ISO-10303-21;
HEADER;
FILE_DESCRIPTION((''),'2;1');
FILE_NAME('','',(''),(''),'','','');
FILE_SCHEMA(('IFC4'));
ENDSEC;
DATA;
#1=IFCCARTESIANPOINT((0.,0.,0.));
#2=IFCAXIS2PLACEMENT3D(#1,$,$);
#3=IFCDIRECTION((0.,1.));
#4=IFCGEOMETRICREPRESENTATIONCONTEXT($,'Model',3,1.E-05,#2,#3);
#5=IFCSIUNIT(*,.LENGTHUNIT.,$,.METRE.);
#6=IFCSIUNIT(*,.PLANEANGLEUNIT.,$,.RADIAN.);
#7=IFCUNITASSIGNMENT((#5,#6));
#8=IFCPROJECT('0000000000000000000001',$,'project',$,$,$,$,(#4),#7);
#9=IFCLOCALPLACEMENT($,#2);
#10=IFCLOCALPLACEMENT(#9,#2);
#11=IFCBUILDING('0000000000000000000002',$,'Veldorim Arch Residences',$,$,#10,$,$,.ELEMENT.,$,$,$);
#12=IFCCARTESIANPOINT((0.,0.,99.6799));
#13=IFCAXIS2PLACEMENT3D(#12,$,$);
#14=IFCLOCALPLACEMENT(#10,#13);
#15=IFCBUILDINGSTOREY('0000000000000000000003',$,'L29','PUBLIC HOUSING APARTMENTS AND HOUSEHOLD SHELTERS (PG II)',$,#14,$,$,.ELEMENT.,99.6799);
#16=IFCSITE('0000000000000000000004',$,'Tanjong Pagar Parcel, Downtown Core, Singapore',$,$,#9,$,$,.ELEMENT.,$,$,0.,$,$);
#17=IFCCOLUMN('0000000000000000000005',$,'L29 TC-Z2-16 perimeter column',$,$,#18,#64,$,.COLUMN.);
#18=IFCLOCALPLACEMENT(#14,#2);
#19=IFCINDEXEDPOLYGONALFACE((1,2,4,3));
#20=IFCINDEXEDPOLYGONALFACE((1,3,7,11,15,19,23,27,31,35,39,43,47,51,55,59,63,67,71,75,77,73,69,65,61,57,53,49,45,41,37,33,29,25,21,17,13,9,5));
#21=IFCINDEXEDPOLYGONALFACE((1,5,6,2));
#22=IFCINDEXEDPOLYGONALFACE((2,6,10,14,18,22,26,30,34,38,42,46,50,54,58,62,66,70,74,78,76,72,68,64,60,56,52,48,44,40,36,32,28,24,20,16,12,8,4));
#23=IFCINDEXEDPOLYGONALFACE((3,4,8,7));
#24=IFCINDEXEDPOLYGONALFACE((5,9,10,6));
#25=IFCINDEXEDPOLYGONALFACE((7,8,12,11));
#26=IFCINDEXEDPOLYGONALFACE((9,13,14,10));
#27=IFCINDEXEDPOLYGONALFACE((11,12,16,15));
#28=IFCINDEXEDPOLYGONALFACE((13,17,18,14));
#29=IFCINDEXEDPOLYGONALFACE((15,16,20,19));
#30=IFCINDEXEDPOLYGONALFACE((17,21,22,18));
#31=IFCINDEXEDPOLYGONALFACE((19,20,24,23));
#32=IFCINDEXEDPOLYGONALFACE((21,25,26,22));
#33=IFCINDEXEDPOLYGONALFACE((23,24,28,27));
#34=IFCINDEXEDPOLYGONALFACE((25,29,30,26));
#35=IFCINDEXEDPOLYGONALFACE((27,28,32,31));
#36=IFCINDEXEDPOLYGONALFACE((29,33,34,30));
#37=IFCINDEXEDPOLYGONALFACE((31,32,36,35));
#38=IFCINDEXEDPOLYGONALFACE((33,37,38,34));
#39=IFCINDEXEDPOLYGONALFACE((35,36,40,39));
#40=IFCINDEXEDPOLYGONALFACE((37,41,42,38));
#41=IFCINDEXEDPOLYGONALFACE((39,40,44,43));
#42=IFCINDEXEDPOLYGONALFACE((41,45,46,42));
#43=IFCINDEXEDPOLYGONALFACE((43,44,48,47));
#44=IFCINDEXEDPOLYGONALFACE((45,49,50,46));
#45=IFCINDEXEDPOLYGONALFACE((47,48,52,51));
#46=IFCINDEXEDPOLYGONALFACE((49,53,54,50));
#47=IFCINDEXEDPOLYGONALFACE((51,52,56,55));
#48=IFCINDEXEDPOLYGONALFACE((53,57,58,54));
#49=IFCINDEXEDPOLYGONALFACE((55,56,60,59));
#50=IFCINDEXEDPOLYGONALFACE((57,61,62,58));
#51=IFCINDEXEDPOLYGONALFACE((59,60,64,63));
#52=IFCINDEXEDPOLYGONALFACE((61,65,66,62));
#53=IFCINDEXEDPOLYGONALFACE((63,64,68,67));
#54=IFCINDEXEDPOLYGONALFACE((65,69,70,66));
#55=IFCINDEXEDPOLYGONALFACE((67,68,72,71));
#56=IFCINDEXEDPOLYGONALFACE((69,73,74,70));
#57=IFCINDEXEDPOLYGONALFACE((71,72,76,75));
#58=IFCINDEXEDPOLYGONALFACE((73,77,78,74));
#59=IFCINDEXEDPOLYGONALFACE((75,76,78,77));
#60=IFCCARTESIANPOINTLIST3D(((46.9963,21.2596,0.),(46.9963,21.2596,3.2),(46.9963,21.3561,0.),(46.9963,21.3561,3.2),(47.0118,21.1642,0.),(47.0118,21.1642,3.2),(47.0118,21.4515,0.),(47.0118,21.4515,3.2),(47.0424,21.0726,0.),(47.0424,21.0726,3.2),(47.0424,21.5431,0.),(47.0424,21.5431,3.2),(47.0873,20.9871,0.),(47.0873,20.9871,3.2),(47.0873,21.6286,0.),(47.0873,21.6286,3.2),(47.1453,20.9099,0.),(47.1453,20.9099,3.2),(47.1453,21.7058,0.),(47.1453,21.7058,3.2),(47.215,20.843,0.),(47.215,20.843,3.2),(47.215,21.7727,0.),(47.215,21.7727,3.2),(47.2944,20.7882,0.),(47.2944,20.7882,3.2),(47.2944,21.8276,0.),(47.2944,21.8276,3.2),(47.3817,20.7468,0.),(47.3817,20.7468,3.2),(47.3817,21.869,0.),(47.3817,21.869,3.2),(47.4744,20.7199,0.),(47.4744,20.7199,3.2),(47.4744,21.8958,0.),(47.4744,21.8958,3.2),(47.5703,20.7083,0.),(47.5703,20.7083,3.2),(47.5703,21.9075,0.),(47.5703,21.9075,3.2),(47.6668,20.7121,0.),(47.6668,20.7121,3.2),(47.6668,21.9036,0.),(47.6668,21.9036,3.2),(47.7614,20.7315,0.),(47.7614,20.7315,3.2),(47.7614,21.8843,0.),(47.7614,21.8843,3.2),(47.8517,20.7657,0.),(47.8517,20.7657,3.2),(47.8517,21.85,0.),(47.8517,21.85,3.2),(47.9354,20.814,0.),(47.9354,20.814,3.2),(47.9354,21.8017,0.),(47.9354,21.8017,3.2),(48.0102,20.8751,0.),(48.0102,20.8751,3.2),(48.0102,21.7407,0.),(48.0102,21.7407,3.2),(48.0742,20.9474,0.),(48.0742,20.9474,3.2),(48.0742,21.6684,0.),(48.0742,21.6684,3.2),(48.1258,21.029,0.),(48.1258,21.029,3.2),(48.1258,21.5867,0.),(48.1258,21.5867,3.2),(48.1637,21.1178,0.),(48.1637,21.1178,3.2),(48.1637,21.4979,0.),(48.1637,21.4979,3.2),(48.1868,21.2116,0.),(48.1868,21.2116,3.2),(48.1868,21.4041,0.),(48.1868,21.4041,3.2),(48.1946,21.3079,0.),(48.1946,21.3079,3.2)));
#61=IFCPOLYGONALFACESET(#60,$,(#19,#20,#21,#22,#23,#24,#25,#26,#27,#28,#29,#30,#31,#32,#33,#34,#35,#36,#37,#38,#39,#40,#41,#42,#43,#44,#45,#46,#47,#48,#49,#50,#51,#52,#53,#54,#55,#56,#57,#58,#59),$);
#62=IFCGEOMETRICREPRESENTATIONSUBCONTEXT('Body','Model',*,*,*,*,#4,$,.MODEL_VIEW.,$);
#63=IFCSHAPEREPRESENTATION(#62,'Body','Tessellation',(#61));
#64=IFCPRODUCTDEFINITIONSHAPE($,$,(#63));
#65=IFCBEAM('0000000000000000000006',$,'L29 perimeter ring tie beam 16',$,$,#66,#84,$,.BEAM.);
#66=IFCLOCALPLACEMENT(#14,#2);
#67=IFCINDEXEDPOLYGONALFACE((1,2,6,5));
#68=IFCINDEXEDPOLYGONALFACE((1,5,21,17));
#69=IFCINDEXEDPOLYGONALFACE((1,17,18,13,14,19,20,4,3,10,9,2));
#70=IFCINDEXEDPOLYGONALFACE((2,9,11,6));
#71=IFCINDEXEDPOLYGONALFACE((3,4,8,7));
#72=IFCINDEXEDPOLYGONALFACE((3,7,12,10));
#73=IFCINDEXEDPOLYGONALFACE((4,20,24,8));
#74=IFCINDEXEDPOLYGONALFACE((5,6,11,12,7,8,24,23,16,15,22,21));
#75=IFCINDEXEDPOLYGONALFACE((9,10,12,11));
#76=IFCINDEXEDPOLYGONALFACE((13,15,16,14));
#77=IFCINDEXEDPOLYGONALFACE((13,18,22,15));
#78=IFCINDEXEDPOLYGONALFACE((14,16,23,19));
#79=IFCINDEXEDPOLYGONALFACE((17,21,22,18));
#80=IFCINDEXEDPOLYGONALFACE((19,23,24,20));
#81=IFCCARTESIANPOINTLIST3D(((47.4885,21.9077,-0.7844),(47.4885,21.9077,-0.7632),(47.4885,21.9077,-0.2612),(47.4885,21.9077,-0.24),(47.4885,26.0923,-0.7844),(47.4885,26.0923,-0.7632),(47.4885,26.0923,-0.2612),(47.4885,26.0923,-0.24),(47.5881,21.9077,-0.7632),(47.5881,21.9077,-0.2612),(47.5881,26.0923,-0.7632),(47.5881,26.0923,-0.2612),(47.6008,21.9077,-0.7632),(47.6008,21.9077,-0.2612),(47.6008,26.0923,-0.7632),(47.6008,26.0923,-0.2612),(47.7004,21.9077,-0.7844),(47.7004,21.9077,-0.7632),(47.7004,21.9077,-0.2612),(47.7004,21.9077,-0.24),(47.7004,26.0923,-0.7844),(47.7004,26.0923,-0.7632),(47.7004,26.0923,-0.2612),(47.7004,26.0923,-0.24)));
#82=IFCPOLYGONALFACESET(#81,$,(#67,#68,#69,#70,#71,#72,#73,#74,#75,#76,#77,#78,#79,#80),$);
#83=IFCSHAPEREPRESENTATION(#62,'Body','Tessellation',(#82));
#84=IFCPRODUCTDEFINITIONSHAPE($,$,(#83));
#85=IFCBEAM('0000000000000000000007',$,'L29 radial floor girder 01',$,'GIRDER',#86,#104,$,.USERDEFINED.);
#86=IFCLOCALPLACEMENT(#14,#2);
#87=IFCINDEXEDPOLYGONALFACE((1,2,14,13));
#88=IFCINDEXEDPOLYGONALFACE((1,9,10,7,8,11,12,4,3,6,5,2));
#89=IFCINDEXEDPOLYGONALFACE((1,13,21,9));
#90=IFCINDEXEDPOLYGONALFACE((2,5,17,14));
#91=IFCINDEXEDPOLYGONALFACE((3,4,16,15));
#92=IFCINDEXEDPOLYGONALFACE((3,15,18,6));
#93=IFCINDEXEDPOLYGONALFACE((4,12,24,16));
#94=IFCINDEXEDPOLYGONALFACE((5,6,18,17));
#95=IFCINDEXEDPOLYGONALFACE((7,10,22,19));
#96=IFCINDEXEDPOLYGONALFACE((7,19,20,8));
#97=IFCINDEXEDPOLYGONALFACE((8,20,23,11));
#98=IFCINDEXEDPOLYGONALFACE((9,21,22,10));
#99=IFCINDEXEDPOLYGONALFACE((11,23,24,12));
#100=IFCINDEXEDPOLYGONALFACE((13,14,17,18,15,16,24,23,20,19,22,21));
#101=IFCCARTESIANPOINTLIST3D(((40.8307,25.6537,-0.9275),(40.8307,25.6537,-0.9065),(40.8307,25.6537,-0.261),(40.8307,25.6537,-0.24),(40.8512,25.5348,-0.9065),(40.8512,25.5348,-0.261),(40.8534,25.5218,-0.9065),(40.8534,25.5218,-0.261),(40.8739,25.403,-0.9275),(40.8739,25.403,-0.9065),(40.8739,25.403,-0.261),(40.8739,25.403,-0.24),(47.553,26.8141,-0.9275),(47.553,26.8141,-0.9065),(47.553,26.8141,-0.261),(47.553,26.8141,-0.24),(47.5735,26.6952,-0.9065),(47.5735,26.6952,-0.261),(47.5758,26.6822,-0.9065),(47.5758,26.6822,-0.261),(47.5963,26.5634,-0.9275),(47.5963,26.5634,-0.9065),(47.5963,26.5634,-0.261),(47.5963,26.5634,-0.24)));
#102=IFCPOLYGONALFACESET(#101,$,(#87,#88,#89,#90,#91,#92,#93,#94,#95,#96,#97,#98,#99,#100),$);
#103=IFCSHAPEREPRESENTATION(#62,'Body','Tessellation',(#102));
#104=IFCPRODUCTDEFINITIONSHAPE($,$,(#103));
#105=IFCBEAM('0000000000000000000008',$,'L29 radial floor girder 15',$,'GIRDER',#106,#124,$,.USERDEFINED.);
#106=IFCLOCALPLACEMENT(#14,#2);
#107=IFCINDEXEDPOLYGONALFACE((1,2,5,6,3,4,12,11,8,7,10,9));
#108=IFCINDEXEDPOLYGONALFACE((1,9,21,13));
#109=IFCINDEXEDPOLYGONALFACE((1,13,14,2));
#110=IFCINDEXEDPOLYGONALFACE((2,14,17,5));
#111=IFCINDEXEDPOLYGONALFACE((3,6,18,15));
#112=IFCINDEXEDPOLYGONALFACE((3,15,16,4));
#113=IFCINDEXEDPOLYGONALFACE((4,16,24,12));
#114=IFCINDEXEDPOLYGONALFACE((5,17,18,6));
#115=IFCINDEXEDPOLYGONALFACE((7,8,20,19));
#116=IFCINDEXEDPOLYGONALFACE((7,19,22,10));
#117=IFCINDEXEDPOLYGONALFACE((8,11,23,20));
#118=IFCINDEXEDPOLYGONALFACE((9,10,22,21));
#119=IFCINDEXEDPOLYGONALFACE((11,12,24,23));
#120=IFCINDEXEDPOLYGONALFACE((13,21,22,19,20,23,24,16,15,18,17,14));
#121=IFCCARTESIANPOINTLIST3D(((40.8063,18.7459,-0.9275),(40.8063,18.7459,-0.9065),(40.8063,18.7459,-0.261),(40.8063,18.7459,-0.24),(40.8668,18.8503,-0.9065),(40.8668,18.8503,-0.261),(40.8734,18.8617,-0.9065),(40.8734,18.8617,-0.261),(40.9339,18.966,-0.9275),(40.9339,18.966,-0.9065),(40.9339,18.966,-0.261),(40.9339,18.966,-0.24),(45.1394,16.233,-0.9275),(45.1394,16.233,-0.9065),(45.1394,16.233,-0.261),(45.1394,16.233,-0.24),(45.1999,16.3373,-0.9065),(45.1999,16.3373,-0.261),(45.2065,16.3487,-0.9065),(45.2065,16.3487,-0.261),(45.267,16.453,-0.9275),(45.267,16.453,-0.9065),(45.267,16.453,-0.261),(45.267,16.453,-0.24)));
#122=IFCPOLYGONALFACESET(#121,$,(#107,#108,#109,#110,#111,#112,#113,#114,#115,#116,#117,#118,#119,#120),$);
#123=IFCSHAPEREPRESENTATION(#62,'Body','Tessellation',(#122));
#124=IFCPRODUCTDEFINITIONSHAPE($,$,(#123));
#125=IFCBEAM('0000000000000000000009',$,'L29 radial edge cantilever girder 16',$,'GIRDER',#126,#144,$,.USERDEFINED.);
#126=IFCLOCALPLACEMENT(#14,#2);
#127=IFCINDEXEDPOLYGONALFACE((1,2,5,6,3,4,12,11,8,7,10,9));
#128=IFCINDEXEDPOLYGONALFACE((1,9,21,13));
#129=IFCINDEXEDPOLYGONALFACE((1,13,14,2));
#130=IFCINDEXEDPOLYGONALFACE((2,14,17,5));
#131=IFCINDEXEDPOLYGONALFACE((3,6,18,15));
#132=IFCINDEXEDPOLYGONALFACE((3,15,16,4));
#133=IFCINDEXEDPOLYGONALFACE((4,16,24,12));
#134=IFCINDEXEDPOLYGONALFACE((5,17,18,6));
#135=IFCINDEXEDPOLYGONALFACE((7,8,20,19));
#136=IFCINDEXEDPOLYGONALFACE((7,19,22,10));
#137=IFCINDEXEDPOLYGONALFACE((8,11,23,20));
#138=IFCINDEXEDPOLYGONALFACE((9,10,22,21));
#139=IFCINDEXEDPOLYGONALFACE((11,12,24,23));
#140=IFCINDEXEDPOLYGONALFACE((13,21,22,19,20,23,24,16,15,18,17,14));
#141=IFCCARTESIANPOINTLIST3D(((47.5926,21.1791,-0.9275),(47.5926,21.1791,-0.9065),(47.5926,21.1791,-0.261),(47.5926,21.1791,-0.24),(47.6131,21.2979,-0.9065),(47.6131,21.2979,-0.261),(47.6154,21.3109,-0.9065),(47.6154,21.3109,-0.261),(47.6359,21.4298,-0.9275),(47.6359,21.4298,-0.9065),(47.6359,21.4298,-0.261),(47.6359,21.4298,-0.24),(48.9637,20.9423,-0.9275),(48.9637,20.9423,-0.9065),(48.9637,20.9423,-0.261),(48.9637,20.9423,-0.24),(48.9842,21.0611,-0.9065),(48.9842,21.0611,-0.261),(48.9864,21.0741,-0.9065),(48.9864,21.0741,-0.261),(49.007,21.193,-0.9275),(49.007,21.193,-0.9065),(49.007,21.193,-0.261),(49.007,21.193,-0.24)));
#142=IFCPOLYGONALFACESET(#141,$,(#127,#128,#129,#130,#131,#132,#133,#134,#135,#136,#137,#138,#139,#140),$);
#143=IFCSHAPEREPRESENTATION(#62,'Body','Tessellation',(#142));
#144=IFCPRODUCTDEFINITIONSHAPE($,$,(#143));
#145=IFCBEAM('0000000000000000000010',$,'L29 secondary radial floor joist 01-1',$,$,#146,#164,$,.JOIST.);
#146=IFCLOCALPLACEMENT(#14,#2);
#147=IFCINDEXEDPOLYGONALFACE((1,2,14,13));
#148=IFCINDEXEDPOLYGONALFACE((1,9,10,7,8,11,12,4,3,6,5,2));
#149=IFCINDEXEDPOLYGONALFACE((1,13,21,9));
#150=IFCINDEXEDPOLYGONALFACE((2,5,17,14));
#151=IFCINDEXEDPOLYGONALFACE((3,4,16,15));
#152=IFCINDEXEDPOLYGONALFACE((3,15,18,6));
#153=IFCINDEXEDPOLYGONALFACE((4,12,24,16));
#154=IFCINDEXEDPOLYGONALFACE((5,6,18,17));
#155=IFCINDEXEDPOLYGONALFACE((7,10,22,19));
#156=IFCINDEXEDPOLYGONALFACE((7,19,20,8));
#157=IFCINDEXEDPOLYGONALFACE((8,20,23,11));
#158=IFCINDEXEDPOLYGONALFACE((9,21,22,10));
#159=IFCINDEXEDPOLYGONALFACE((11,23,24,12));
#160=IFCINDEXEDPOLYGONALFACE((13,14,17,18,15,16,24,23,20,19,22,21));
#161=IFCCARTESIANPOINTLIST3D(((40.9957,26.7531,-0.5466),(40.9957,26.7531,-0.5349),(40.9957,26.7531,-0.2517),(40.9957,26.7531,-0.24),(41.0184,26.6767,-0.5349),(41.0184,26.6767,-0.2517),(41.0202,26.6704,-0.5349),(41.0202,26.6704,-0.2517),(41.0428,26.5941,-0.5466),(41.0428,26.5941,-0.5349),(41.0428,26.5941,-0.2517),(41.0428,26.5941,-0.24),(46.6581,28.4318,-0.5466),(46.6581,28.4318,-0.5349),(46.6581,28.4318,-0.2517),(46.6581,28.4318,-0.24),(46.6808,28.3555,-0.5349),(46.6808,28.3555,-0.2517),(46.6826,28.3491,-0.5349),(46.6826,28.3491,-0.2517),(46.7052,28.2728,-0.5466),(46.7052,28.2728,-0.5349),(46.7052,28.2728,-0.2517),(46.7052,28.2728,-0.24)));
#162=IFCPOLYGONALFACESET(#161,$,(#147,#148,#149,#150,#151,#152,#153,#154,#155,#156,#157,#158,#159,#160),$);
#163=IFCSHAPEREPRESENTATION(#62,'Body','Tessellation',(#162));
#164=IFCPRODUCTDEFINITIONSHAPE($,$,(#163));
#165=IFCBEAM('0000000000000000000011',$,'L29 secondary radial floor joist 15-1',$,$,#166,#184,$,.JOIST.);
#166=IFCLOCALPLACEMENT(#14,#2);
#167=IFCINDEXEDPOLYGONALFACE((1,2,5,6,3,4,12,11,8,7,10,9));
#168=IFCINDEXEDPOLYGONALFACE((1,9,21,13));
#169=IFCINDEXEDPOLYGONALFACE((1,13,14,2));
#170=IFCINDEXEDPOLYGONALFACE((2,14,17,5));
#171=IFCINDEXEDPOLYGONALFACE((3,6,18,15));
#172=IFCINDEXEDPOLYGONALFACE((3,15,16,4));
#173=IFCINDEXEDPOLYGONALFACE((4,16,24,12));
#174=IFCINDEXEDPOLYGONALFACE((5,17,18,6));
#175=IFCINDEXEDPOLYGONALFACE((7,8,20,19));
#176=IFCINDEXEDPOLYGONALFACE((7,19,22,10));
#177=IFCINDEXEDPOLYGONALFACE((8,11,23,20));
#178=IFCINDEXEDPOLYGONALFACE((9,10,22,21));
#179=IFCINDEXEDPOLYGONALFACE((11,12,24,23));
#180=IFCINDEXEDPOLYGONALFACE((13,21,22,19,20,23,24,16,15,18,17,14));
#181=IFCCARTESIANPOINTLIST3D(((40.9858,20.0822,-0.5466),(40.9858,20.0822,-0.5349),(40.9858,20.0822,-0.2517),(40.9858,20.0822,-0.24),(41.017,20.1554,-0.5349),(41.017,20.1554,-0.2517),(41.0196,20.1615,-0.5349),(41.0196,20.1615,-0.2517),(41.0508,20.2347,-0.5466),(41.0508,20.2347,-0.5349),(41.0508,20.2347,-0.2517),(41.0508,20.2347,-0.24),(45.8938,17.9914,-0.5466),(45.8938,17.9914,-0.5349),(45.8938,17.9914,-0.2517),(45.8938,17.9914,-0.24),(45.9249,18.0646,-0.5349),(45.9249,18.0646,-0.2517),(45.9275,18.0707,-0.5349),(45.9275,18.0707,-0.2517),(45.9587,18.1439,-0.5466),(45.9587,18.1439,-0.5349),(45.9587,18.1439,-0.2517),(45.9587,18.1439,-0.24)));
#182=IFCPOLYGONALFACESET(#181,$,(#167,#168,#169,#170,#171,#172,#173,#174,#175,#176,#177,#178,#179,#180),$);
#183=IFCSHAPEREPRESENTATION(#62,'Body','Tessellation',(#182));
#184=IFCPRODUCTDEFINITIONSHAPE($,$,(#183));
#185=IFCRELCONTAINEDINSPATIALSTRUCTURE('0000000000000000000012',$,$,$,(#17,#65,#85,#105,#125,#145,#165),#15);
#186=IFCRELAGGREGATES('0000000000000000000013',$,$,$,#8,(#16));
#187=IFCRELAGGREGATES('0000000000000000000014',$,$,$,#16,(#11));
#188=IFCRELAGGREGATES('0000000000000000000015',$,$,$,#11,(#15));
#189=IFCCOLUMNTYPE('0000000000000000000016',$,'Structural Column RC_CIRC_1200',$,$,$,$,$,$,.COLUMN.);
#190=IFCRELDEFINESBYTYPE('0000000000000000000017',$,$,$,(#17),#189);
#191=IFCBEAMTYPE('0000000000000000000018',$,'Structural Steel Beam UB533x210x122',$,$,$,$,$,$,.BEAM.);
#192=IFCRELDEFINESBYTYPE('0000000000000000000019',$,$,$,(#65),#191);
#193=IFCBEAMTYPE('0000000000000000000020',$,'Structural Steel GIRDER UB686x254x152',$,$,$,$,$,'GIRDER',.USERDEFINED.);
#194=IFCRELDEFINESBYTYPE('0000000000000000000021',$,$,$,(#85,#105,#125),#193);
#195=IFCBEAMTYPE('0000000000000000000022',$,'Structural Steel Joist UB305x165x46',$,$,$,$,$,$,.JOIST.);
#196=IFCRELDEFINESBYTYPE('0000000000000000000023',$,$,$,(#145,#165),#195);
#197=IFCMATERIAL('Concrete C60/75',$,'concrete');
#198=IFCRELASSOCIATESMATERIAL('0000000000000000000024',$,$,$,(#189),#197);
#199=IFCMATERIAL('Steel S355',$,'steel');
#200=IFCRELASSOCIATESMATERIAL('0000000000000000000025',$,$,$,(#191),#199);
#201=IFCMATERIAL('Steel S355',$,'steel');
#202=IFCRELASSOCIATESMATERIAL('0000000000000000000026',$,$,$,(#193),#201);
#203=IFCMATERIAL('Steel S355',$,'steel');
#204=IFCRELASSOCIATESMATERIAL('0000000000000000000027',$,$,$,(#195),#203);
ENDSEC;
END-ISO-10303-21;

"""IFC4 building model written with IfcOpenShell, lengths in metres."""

from ifc_helpers import new_model, si_unit, direction, frame, origin, origin_2d, place, context, subcontext, project, spatial, circle, i_section, extrude, material, material_profile, profile_set, type_object, element, save


model = new_model("IFC4")

# Units and contexts
model_context = context("Model", 3, precision=1e-05, world=origin(), true_north=direction((0.0, 1.0)))
body_context = subcontext(model_context, "Body", "Model", "MODEL_VIEW")
ifc_project = project(units=[si_unit("LENGTHUNIT", "METRE"), si_unit("PLANEANGLEUNIT", "RADIAN")], contexts=[model_context])

# Site, building, storey
site_placement = place(None, origin())
site = spatial("IfcSite", under=ifc_project, at=site_placement, Name="Tanjong Pagar Parcel, Downtown Core, Singapore", CompositionType="ELEMENT", RefElevation=0.0)
building_placement = place(site_placement, origin())
building = spatial("IfcBuilding", under=site, at=building_placement, Name="Veldorim Arch Residences", CompositionType="ELEMENT")
storey_placement = place(building_placement, frame((0.0, 0.0, 99.6799)))
storey = spatial("IfcBuildingStorey", under=building, at=storey_placement, Name="L29", Description="PUBLIC HOUSING APARTMENTS AND HOUSEHOLD SHELTERS (PG II)", CompositionType="ELEMENT", Elevation=99.6799)

# Column
ifc_material_1 = material(Name="Concrete C60/75", Category="concrete")
ifc_material_profile_1 = material_profile(ifc_material_1, circle(Radius=0.6001, at=origin_2d()), Name="RC_CIRC_1200")
ifc_profile_set_1 = profile_set([ifc_material_profile_1], Name="Concrete C60/75")
column_type = type_object("IfcColumnType", Name="Structural Column RC_CIRC_1200", PredefinedType="COLUMN", material=ifc_profile_set_1)
column_placement = place(storey_placement, frame((47.5945, 21.3079, 0.0), z_axis=(0.0, 0.0, 1.0), x_axis=(1.0, 0.0, 0.0)))
element("IfcColumn", 1, at=column_placement, inside=storey, type_object=column_type, Name="L29 TC-Z2-16 perimeter column", PredefinedType="COLUMN", context=body_context, shape_type="SweptSolid", body=[
    extrude(circle(Radius=0.6001, at=origin_2d()), origin(), (0.0, 0.0, 1.0), 3.2),
])

# Beams
ifc_material_2 = material(Name="Steel S355", Category="steel")
ifc_material_profile_2 = material_profile(ifc_material_2, i_section(OverallWidth=0.2119, OverallDepth=0.5444, WebThickness=0.0127, FlangeThickness=0.0212, at=origin_2d()), Name="UB533x210x122")
ifc_profile_set_2 = profile_set([ifc_material_profile_2], Name="Steel S355")
beam_type_1 = type_object("IfcBeamType", Name="Structural Steel Beam UB533x210x122", PredefinedType="BEAM", material=ifc_profile_set_2)
beam_1_placement = place(storey_placement, frame((47.5945, 21.9077, -0.5122), z_axis=(0.0, 1.0, 0.0), x_axis=(-1.0, 0.0, 0.0)))
element("IfcBeam", 2, at=beam_1_placement, inside=storey, type_object=beam_type_1, Name="L29 perimeter ring tie beam 16", PredefinedType="BEAM", context=body_context, shape_type="SweptSolid", body=[
    extrude(i_section(OverallWidth=0.2119, OverallDepth=0.5444, WebThickness=0.0127, FlangeThickness=0.0212, at=origin_2d()), origin(), (0.0, 0.0, 1.0), 4.1846),
])
ifc_material_3 = material(Name="Steel S355", Category="steel")
ifc_material_profile_3 = material_profile(ifc_material_3, i_section(OverallWidth=0.2544, OverallDepth=0.6875, WebThickness=0.0132, FlangeThickness=0.021, at=origin_2d()), Name="UB686x254x152")
ifc_profile_set_3 = profile_set([ifc_material_profile_3], Name="Steel S355")
beam_type_2 = type_object("IfcBeamType", Name="Structural Steel GIRDER UB686x254x152", ElementType="GIRDER", PredefinedType="USERDEFINED", material=ifc_profile_set_3)
beam_2_placement = place(storey_placement, frame((40.8523, 25.5283, -0.5837), z_axis=(0.985427, 0.170101, 0.0), x_axis=(-0.170101, 0.985427, 0.0)))
element("IfcBeam", 3, at=beam_2_placement, inside=storey, type_object=beam_type_2, Name="L29 radial floor girder 01", ObjectType="GIRDER", PredefinedType="USERDEFINED", context=body_context, shape_type="SweptSolid", body=[
    extrude(i_section(OverallWidth=0.2544, OverallDepth=0.6875, WebThickness=0.0132, FlangeThickness=0.021, at=origin_2d()), origin(), (0.0, 0.0, 1.0), 6.8218),
])
beam_3_placement = place(storey_placement, frame((40.8701, 18.856, -0.5837), z_axis=(0.865049, -0.501687, 0.0), x_axis=(0.501687, 0.865049, 0.0)))
element("IfcBeam", 4, at=beam_3_placement, inside=storey, type_object=beam_type_2, Name="L29 radial floor girder 15", ObjectType="GIRDER", PredefinedType="USERDEFINED", context=body_context, shape_type="SweptSolid", body=[
    extrude(i_section(OverallWidth=0.2544, OverallDepth=0.6875, WebThickness=0.0132, FlangeThickness=0.021, at=origin_2d()), origin(), (0.0, 0.0, 1.0), 5.009),
])
beam_4_placement = place(storey_placement, frame((47.6143, 21.3044, -0.5837), z_axis=(0.985409, -0.170201, 0.0), x_axis=(0.170201, 0.985409, 0.0)))
element("IfcBeam", 5, at=beam_4_placement, inside=storey, type_object=beam_type_2, Name="L29 radial edge cantilever girder 16", ObjectType="GIRDER", PredefinedType="USERDEFINED", context=body_context, shape_type="SweptSolid", body=[
    extrude(i_section(OverallWidth=0.2544, OverallDepth=0.6875, WebThickness=0.0132, FlangeThickness=0.021, at=origin_2d()), origin(), (0.0, 0.0, 1.0), 1.3914),
])
ifc_material_4 = material(Name="Steel S355", Category="steel")
ifc_material_profile_4 = material_profile(ifc_material_4, i_section(OverallWidth=0.1658, OverallDepth=0.3066, WebThickness=0.0066, FlangeThickness=0.0117, at=origin_2d()), Name="UB305x165x46")
ifc_profile_set_4 = profile_set([ifc_material_profile_4], Name="Steel S355")
beam_type_3 = type_object("IfcBeamType", Name="Structural Steel Joist UB305x165x46", PredefinedType="JOIST", material=ifc_profile_set_4)
beam_5_placement = place(storey_placement, frame((41.0193, 26.6736, -0.3933), z_axis=(0.958753, 0.28424, 0.0), x_axis=(-0.28424, 0.958753, 0.0)))
element("IfcBeam", 6, at=beam_5_placement, inside=storey, type_object=beam_type_3, Name="L29 secondary radial floor joist 01-1", PredefinedType="JOIST", context=body_context, shape_type="SweptSolid", body=[
    extrude(i_section(OverallWidth=0.1658, OverallDepth=0.3066, WebThickness=0.0066, FlangeThickness=0.0117, at=origin_2d()), origin(), (0.0, 0.0, 1.0), 5.906),
])
beam_6_placement = place(storey_placement, frame((41.0183, 20.1584, -0.3933), z_axis=(0.919997, -0.391924, 0.0), x_axis=(0.391924, 0.919997, 0.0)))
element("IfcBeam", 7, at=beam_6_placement, inside=storey, type_object=beam_type_3, Name="L29 secondary radial floor joist 15-1", PredefinedType="JOIST", context=body_context, shape_type="SweptSolid", body=[
    extrude(i_section(OverallWidth=0.1658, OverallDepth=0.3066, WebThickness=0.0066, FlangeThickness=0.0117, at=origin_2d()), origin(), (0.0, 0.0, 1.0), 5.3347),
])

save(model, "model.ifc")
